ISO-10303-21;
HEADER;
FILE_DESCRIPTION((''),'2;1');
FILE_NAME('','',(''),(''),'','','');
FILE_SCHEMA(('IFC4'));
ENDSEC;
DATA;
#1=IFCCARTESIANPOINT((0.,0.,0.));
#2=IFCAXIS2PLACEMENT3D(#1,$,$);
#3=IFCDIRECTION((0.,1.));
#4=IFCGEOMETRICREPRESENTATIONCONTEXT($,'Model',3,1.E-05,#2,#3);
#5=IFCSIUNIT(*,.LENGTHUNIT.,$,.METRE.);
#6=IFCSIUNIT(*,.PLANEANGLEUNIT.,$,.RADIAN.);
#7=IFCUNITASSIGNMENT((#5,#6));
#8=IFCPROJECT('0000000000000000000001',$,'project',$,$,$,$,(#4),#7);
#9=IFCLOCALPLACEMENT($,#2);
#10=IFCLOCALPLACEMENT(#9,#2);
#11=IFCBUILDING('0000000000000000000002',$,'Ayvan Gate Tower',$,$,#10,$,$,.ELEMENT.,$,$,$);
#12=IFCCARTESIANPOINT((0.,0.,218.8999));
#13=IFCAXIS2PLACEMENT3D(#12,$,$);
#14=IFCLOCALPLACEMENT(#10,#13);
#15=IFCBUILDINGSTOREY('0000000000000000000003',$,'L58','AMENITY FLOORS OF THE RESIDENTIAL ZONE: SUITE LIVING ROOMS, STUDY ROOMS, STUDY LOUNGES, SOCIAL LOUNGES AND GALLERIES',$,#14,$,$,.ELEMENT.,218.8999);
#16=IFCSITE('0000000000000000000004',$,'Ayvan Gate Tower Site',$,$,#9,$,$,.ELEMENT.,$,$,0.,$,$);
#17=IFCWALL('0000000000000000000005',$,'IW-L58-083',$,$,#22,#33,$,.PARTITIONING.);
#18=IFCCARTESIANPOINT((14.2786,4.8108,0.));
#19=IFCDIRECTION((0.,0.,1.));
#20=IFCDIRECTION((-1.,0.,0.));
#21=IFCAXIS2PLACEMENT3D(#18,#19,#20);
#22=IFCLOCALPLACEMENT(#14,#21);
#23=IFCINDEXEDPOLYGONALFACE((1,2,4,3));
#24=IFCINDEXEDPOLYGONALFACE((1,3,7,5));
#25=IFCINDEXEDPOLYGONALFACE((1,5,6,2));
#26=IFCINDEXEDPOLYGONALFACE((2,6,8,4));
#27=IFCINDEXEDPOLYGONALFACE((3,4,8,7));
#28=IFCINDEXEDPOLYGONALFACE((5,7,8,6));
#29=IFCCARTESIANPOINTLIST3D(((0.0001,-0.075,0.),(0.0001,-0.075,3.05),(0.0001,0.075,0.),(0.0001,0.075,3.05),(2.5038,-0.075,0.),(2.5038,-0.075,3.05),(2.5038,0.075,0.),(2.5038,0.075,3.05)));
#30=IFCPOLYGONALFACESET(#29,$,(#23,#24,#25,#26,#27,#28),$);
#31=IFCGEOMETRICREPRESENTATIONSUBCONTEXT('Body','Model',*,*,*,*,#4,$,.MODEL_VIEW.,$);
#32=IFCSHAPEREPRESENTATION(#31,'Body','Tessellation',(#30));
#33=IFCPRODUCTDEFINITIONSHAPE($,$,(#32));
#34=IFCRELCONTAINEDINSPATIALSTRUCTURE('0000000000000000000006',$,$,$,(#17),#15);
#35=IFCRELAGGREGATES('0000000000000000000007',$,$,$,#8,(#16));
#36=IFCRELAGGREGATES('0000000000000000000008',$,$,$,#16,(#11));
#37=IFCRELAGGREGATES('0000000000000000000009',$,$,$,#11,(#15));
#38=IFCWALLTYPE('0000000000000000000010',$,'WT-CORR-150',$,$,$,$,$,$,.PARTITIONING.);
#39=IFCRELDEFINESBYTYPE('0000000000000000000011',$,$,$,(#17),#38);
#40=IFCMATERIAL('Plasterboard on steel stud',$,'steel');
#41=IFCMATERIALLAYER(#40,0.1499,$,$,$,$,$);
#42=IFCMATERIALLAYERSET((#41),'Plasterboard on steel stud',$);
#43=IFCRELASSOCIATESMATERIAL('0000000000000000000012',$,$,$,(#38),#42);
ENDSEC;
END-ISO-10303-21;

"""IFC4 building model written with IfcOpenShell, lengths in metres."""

from ifc_helpers import new_model, si_unit, direction, frame, frame_2d, origin, place, context, subcontext, project, spatial, rectangle, extrude, material, layer, layer_set, type_object, element, save


model = new_model("IFC4")

# Units and contexts
model_context = context("Model", 3, precision=1e-05, world=origin(), true_north=direction((0.0, 1.0)))
body_context = subcontext(model_context, "Body", "Model", "MODEL_VIEW")
ifc_project = project(units=[si_unit("LENGTHUNIT", "METRE"), si_unit("PLANEANGLEUNIT", "RADIAN")], contexts=[model_context])

# Site, building, storey
site_placement = place(None, origin())
site = spatial("IfcSite", under=ifc_project, at=site_placement, Name="Ayvan Gate Tower Site", CompositionType="ELEMENT", RefElevation=0.0)
building_placement = place(site_placement, origin())
building = spatial("IfcBuilding", under=site, at=building_placement, Name="Ayvan Gate Tower", CompositionType="ELEMENT")
storey_placement = place(building_placement, frame((0.0, 0.0, 218.8999)))
storey = spatial("IfcBuildingStorey", under=building, at=storey_placement, Name="L58", Description="AMENITY FLOORS OF THE RESIDENTIAL ZONE: SUITE LIVING ROOMS, STUDY ROOMS, STUDY LOUNGES, SOCIAL LOUNGES AND GALLERIES", CompositionType="ELEMENT", Elevation=218.8999)

# Shared definitions
ifc_material_1 = material(Name="Plasterboard on steel stud", Category="steel")
ifc_layer_1 = layer(ifc_material_1, 0.1499)
ifc_layer_set_1 = layer_set([ifc_layer_1], Name="Plasterboard on steel stud")
wall_type_1 = type_object("IfcWallType", Name="WT-CORR-150", PredefinedType="PARTITIONING", material=ifc_layer_set_1)

# Wall
wall_1_placement = place(storey_placement, frame((14.2786, 4.8108, 0.0), z_axis=(0.0, 0.0, 1.0), x_axis=(-1.0, 0.0, 0.0)))
element("IfcWall", 1, at=wall_1_placement, inside=storey, type_object=wall_type_1, Name="IW-L58-083", PredefinedType="PARTITIONING", context=body_context, shape_type="SweptSolid", body=[
    extrude(rectangle(XDim=2.5037, YDim=0.1499, at=frame_2d((1.252, 0.0))), origin(), (0.0, 0.0, 1.0), 3.05),
])

save(model, "model.ifc")
